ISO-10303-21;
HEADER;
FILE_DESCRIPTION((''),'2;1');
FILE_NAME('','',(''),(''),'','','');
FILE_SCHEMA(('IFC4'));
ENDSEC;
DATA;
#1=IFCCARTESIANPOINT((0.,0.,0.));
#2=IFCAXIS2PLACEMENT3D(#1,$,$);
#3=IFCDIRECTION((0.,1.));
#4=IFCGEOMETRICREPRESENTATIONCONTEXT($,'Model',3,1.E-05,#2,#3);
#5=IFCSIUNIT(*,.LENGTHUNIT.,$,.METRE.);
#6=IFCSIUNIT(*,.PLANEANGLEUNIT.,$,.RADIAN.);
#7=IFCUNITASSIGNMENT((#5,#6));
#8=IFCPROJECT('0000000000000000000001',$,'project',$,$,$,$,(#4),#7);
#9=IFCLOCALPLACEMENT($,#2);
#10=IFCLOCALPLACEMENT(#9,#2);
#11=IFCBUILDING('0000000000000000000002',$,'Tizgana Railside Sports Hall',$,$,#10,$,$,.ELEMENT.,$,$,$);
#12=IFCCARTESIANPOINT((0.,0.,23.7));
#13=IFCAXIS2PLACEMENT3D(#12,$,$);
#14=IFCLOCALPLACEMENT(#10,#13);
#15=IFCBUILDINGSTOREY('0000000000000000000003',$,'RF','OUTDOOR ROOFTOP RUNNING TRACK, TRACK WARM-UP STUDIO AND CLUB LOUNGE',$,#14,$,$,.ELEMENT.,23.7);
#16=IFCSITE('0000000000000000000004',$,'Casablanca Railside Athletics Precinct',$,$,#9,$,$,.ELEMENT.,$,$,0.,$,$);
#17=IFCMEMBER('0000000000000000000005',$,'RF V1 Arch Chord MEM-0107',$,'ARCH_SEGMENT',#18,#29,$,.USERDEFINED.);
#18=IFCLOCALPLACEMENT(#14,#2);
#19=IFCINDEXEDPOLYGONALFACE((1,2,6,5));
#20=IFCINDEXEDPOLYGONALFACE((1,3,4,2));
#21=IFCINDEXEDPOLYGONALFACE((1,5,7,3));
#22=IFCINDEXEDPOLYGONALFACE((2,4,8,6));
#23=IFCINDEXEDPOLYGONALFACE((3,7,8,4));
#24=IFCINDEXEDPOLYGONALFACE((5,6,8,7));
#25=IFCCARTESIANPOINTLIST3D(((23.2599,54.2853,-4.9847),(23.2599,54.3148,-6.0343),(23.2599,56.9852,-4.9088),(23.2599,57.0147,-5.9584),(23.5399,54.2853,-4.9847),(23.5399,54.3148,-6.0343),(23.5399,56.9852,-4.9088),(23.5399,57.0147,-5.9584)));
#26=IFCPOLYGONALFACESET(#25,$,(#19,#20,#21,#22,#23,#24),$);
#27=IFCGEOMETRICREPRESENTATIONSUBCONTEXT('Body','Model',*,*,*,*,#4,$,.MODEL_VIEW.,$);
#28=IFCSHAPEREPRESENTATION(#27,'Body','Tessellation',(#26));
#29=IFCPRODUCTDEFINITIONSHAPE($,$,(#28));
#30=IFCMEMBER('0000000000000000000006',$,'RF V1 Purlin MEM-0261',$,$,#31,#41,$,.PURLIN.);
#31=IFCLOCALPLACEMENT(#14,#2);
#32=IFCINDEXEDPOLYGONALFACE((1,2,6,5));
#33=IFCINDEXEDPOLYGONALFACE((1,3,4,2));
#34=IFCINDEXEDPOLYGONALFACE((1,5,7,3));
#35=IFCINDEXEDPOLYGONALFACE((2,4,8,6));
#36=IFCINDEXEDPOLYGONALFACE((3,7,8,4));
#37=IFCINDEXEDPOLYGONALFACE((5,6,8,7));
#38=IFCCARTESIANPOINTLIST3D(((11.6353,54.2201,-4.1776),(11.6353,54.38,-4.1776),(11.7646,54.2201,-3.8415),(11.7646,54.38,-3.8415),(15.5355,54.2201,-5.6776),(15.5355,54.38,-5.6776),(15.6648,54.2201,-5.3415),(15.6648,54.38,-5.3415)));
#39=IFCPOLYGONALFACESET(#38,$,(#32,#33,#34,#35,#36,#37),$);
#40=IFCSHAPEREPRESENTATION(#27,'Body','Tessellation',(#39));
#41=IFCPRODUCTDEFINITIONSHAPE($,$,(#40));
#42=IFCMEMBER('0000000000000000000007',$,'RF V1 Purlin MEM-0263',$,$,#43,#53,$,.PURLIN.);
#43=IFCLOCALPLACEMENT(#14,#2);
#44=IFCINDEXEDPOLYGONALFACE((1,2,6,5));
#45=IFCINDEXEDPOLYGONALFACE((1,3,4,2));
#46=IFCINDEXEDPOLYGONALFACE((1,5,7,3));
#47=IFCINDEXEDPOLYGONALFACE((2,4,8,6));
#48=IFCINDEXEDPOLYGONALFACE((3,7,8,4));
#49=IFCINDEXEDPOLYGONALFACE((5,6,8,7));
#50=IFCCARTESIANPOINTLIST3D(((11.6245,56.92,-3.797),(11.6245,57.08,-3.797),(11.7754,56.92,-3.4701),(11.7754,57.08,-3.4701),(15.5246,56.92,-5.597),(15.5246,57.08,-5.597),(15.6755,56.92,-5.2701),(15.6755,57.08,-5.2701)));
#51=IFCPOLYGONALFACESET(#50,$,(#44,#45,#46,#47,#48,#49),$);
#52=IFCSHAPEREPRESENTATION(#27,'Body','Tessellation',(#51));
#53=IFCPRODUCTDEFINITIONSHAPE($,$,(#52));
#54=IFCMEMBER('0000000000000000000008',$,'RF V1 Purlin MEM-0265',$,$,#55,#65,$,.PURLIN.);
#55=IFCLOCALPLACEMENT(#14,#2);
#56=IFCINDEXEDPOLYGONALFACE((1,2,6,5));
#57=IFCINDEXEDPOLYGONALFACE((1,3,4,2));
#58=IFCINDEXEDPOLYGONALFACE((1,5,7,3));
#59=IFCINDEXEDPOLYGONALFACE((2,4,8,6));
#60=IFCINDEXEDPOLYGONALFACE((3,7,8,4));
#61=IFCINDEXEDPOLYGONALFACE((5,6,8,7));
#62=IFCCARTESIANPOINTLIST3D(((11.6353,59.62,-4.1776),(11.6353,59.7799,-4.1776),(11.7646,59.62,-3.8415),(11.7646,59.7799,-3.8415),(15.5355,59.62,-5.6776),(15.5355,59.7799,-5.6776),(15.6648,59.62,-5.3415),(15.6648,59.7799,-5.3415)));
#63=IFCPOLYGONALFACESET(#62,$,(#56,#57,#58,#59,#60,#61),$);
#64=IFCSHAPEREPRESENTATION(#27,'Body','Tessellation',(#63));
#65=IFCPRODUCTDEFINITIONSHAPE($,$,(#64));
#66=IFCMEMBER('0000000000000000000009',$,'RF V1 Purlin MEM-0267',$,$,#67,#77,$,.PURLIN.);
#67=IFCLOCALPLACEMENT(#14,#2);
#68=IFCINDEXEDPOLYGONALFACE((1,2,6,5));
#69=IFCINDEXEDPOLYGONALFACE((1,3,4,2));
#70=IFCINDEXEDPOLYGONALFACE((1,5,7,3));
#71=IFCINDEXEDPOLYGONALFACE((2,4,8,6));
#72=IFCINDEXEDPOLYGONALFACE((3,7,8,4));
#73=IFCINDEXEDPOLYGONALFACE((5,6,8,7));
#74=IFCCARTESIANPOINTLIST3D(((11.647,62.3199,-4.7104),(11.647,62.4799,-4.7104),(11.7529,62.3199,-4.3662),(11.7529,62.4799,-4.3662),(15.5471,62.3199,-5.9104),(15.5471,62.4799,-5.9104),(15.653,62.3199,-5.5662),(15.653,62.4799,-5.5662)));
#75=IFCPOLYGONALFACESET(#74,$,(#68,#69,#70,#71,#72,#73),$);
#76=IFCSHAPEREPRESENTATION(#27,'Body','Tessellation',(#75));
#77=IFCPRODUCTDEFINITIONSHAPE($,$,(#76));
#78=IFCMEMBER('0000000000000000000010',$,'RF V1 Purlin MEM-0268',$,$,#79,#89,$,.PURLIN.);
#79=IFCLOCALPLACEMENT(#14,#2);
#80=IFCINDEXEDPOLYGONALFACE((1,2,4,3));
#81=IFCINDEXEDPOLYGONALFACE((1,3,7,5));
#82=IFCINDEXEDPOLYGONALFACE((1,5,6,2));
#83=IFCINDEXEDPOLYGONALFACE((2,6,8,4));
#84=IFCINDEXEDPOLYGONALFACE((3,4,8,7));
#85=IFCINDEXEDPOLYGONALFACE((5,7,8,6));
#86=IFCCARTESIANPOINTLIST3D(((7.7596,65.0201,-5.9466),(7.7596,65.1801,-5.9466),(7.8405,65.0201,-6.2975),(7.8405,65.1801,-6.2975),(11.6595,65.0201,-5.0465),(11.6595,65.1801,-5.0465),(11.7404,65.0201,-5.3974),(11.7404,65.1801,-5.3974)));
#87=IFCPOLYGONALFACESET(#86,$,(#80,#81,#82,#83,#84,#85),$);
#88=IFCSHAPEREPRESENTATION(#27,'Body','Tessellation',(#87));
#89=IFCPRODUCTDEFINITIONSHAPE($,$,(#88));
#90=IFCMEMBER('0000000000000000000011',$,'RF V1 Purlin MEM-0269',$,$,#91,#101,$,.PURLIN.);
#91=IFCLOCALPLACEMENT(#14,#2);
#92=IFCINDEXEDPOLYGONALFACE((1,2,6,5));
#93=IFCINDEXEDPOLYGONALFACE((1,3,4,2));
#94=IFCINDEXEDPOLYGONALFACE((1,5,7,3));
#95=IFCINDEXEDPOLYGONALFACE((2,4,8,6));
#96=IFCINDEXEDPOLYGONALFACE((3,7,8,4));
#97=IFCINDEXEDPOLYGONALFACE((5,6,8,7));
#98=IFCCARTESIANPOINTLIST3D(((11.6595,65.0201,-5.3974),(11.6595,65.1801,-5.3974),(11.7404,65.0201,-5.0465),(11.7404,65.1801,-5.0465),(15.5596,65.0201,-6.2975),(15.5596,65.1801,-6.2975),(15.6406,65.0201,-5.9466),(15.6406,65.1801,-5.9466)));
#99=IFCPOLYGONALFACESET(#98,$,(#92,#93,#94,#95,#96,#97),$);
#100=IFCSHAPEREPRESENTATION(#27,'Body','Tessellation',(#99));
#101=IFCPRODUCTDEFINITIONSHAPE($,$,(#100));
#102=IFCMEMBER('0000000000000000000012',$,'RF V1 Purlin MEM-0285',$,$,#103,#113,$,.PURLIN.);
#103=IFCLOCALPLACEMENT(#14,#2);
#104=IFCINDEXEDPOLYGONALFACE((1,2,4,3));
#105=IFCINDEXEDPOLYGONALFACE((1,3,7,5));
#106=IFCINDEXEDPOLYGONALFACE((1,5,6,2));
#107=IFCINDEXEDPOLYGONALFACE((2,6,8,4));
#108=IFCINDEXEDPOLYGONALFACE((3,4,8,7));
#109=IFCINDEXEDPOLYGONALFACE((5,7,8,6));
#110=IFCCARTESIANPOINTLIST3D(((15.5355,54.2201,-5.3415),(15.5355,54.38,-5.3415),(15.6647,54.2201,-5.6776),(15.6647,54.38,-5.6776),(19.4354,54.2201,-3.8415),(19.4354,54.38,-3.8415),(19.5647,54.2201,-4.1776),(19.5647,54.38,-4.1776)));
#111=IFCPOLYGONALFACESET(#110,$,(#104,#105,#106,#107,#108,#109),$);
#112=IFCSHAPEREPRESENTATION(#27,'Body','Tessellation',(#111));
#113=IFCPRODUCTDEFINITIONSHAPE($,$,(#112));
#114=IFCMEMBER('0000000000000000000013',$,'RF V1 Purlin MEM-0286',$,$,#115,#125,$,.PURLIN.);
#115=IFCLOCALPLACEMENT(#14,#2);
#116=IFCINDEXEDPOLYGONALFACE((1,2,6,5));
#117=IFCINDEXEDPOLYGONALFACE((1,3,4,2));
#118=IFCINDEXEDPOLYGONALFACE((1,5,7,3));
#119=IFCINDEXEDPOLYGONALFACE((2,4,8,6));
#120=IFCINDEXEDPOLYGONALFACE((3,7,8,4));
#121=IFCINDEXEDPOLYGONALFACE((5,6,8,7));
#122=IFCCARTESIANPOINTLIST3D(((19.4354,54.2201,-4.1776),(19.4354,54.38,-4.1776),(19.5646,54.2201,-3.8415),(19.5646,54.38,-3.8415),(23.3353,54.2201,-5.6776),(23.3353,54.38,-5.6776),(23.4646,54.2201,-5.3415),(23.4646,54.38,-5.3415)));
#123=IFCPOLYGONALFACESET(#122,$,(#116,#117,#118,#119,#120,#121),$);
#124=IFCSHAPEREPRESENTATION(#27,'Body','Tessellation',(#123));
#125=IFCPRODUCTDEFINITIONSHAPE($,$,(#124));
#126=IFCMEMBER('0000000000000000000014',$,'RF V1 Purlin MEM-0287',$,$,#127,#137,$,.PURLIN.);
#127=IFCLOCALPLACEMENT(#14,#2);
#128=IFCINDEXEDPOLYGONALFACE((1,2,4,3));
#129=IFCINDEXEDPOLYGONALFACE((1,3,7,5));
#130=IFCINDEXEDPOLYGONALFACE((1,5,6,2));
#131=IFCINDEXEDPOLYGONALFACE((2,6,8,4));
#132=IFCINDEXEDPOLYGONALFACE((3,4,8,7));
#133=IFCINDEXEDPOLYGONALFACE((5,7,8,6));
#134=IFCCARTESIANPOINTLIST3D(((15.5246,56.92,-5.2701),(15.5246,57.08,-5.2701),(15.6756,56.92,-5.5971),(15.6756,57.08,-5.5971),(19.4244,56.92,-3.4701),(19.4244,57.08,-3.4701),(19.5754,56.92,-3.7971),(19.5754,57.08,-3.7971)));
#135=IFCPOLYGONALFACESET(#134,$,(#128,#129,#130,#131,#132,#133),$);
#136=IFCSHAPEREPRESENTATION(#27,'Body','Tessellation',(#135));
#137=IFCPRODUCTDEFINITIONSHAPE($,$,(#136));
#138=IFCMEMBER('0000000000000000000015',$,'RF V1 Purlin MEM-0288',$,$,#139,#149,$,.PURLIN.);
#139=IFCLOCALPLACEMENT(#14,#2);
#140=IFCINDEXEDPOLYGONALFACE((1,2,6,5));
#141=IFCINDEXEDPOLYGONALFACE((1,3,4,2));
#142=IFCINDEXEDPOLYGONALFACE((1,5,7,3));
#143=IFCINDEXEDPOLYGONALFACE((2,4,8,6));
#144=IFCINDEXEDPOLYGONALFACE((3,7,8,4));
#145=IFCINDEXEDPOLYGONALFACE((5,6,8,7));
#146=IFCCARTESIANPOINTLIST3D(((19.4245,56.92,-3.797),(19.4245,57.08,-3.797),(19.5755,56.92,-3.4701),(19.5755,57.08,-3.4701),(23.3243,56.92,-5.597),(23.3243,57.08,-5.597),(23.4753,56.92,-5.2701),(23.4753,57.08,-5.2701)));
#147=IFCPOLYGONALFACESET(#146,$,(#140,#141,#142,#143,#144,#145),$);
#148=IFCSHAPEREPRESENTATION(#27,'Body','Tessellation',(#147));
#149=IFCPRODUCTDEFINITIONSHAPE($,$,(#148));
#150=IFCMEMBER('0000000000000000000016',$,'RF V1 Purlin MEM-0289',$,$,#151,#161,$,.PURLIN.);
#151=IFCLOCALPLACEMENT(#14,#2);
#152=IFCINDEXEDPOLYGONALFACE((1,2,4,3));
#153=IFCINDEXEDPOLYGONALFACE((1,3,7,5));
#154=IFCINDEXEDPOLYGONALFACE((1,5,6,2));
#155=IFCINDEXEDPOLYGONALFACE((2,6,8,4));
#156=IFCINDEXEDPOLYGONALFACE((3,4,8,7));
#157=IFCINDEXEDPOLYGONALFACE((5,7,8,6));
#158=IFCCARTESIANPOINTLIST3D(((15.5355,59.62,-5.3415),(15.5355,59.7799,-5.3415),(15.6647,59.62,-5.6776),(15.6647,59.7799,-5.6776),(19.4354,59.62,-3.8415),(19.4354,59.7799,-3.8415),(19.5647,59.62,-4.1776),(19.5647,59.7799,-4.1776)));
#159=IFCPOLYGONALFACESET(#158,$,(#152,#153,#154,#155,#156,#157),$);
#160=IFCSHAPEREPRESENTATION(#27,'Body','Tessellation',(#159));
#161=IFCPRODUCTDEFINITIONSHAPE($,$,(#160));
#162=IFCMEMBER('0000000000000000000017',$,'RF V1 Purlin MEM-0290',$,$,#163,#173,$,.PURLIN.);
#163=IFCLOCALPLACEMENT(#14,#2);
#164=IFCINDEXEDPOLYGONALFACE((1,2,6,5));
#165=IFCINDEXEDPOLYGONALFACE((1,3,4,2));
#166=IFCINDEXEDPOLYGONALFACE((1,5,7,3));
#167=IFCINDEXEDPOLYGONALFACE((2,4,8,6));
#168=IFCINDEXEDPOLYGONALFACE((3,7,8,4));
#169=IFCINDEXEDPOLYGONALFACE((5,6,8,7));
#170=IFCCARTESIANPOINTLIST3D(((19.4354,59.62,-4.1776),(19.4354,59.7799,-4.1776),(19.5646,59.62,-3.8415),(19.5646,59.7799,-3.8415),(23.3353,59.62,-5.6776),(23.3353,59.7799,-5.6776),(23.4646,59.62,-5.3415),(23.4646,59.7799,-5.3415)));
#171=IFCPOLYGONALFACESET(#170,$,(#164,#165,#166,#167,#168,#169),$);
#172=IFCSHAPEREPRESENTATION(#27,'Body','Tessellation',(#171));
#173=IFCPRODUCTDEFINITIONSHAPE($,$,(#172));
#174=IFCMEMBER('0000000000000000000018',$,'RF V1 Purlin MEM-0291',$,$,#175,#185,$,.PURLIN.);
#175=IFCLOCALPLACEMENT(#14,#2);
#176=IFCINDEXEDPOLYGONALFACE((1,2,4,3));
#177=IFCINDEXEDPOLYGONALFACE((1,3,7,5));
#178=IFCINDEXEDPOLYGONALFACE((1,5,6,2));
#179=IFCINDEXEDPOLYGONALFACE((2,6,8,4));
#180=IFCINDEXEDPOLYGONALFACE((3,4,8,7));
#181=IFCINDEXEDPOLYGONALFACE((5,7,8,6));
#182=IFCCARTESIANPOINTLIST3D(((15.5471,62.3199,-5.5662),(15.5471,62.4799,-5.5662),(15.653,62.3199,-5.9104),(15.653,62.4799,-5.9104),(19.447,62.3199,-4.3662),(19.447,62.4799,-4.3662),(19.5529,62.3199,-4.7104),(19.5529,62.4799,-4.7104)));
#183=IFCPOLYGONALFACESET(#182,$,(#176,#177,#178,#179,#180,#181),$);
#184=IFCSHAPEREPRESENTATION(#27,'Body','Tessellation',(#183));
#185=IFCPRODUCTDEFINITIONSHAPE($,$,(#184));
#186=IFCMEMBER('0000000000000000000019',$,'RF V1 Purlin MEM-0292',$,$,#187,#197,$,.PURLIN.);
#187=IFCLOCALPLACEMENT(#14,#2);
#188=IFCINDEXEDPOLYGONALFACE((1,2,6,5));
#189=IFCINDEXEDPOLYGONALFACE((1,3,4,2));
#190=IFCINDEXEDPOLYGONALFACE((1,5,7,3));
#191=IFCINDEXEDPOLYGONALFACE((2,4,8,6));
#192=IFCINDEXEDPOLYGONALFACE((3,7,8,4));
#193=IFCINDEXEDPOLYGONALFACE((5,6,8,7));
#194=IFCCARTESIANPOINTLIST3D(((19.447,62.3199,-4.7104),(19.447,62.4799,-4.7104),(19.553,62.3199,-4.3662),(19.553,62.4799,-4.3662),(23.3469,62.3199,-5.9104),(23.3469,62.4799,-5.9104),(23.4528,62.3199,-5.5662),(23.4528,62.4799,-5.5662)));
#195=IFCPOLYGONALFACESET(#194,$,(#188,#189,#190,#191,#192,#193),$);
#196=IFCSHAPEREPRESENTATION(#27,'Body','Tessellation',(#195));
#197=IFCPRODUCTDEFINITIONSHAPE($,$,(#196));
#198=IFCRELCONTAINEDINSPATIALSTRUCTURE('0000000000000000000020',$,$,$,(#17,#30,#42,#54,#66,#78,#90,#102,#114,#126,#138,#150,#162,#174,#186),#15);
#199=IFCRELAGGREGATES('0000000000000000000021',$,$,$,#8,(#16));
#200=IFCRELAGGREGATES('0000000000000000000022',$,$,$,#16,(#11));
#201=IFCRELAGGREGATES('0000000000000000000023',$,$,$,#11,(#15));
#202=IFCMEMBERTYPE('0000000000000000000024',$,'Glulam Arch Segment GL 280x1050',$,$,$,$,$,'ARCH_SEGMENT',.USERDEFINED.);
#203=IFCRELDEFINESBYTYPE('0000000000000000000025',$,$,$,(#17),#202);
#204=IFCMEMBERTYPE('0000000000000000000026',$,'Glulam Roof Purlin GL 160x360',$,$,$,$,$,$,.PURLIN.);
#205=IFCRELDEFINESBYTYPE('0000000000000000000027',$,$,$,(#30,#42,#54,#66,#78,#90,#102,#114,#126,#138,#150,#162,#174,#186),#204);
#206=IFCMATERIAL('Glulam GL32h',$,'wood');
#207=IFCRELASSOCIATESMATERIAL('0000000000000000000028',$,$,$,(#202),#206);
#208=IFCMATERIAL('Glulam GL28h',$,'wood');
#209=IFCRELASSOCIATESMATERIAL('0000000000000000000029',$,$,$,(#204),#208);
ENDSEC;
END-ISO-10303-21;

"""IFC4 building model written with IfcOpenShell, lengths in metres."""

from ifc_helpers import new_model, si_unit, direction, frame, origin, origin_2d, place, context, subcontext, project, spatial, rectangle, extrude, material, material_profile, profile_set, type_object, element, save


model = new_model("IFC4")

# Units and contexts
model_context = context("Model", 3, precision=1e-05, world=origin(), true_north=direction((0.0, 1.0)))
body_context = subcontext(model_context, "Body", "Model", "MODEL_VIEW")
ifc_project = project(units=[si_unit("LENGTHUNIT", "METRE"), si_unit("PLANEANGLEUNIT", "RADIAN")], contexts=[model_context])

# Site, building, storey
site_placement = place(None, origin())
site = spatial("IfcSite", under=ifc_project, at=site_placement, Name="Casablanca Railside Athletics Precinct", CompositionType="ELEMENT", RefElevation=0.0)
building_placement = place(site_placement, origin())
building = spatial("IfcBuilding", under=site, at=building_placement, Name="Tizgana Railside Sports Hall", CompositionType="ELEMENT")
storey_placement = place(building_placement, frame((0.0, 0.0, 23.7)))
storey = spatial("IfcBuildingStorey", under=building, at=storey_placement, Name="RF", Description="OUTDOOR ROOFTOP RUNNING TRACK, TRACK WARM-UP STUDIO AND CLUB LOUNGE", CompositionType="ELEMENT", Elevation=23.7)

# Members
ifc_material_1 = material(Name="Glulam GL32h", Category="wood")
ifc_material_profile_1 = material_profile(ifc_material_1, rectangle(XDim=0.28, YDim=1.05, at=origin_2d()), Name="GL 280x1050")
ifc_profile_set_1 = profile_set([ifc_material_profile_1], Name="Glulam GL32h")
member_type_1 = type_object("IfcMemberType", Name="Glulam Arch Segment GL 280x1050", ElementType="ARCH_SEGMENT", PredefinedType="USERDEFINED", material=ifc_profile_set_1)
member_1_placement = place(storey_placement, frame((23.3999, 54.3, -5.5095), z_axis=(0.0, 0.999605, 0.028111), x_axis=(-1.0, 0.0, 0.0)))
element("IfcMember", 1, at=member_1_placement, inside=storey, type_object=member_type_1, Name="RF V1 Arch Chord MEM-0107", ObjectType="ARCH_SEGMENT", PredefinedType="USERDEFINED", context=body_context, shape_type="SweptSolid", body=[
    extrude(rectangle(XDim=0.28, YDim=1.05, at=origin_2d()), origin(), (0.0, 0.0, 1.0), 2.7009),
])
ifc_material_2 = material(Name="Glulam GL28h", Category="wood")
ifc_material_profile_2 = material_profile(ifc_material_2, rectangle(XDim=0.1599, YDim=0.3601, at=origin_2d()), Name="GL 160x360")
ifc_profile_set_2 = profile_set([ifc_material_profile_2], Name="Glulam GL28h")
member_type_2 = type_object("IfcMemberType", Name="Glulam Roof Purlin GL 160x360", PredefinedType="PURLIN", material=ifc_profile_set_2)
member_2_placement = place(storey_placement, frame((11.7, 54.3, -4.0095), z_axis=(0.93335, 0.0, -0.358967), x_axis=(0.0, 1.0, 0.0)))
element("IfcMember", 2, at=member_2_placement, inside=storey, type_object=member_type_2, Name="RF V1 Purlin MEM-0261", PredefinedType="PURLIN", context=body_context, shape_type="SweptSolid", body=[
    extrude(rectangle(XDim=0.1599, YDim=0.3601, at=origin_2d()), origin(), (0.0, 0.0, 1.0), 4.1787),
])
member_3_placement = place(storey_placement, frame((11.7, 57.0, -3.6335), z_axis=(0.907961, 0.0, -0.419055), x_axis=(0.0, 1.0, 0.0)))
element("IfcMember", 3, at=member_3_placement, inside=storey, type_object=member_type_2, Name="RF V1 Purlin MEM-0263", PredefinedType="PURLIN", context=body_context, shape_type="SweptSolid", body=[
    extrude(rectangle(XDim=0.1599, YDim=0.3601, at=origin_2d()), origin(), (0.0, 0.0, 1.0), 4.2954),
])
member_4_placement = place(storey_placement, frame((11.7, 59.7, -4.0095), z_axis=(0.93335, 0.0, -0.358967), x_axis=(0.0, 1.0, 0.0)))
element("IfcMember", 4, at=member_4_placement, inside=storey, type_object=member_type_2, Name="RF V1 Purlin MEM-0265", PredefinedType="PURLIN", context=body_context, shape_type="SweptSolid", body=[
    extrude(rectangle(XDim=0.1599, YDim=0.3601, at=origin_2d()), origin(), (0.0, 0.0, 1.0), 4.1787),
])
member_5_placement = place(storey_placement, frame((11.7, 62.3999, -4.5383), z_axis=(0.955785, 0.0, -0.294065), x_axis=(0.0, 1.0, 0.0)))
element("IfcMember", 5, at=member_5_placement, inside=storey, type_object=member_type_2, Name="RF V1 Purlin MEM-0267", PredefinedType="PURLIN", context=body_context, shape_type="SweptSolid", body=[
    extrude(rectangle(XDim=0.1599, YDim=0.3601, at=origin_2d()), origin(), (0.0, 0.0, 1.0), 4.0806),
])
member_6_placement = place(storey_placement, frame((7.8, 65.1001, -6.1221), z_axis=(0.974382, 0.0, 0.2249), x_axis=(0.0, 1.0, 0.0)))
element("IfcMember", 6, at=member_6_placement, inside=storey, type_object=member_type_2, Name="RF V1 Purlin MEM-0268", PredefinedType="PURLIN", context=body_context, shape_type="SweptSolid", body=[
    extrude(rectangle(XDim=0.1599, YDim=0.3601, at=origin_2d()), origin(), (0.0, 0.0, 1.0), 4.0024),
])
member_7_placement = place(storey_placement, frame((11.7, 65.1001, -5.2219), z_axis=(0.974385, 0.0, -0.224886), x_axis=(0.0, 1.0, 0.0)))
element("IfcMember", 7, at=member_7_placement, inside=storey, type_object=member_type_2, Name="RF V1 Purlin MEM-0269", PredefinedType="PURLIN", context=body_context, shape_type="SweptSolid", body=[
    extrude(rectangle(XDim=0.1599, YDim=0.3601, at=origin_2d()), origin(), (0.0, 0.0, 1.0), 4.0027),
])
for number, where, z_axis, x_axis, name in (
    (8, (15.6001, 54.3, -5.5095), (0.933343, 0.0, 0.358987), (0.0, 1.0, 0.0), "RF V1 Purlin MEM-0285"),
    (9, (19.5, 54.3, -4.0095), (0.933343, 0.0, -0.358987), (0.0, 1.0, 0.0), "RF V1 Purlin MEM-0286"),
):
    element("IfcMember", number, at=place(storey_placement, frame(where, z_axis=z_axis, x_axis=x_axis)), inside=storey, type_object=member_type_2, Name=name, PredefinedType="PURLIN", context=body_context, shape_type="SweptSolid", body=[
        extrude(rectangle(XDim=0.1599, YDim=0.3601, at=origin_2d()), origin(), (0.0, 0.0, 1.0), 4.1785),
    ])
for number, where, z_axis, x_axis, name in (
    (10, (15.6001, 57.0, -5.4336), (0.907951, 0.0, 0.419076), (0.0, 1.0, 0.0), "RF V1 Purlin MEM-0287"),
    (11, (19.5, 57.0, -3.6335), (0.907951, 0.0, -0.419076), (0.0, 1.0, 0.0), "RF V1 Purlin MEM-0288"),
):
    element("IfcMember", number, at=place(storey_placement, frame(where, z_axis=z_axis, x_axis=x_axis)), inside=storey, type_object=member_type_2, Name=name, PredefinedType="PURLIN", context=body_context, shape_type="SweptSolid", body=[
        extrude(rectangle(XDim=0.1599, YDim=0.3601, at=origin_2d()), origin(), (0.0, 0.0, 1.0), 4.2952),
    ])
for number, where, z_axis, x_axis, name in (
    (12, (15.6001, 59.7, -5.5095), (0.933343, 0.0, 0.358987), (0.0, 1.0, 0.0), "RF V1 Purlin MEM-0289"),
    (13, (19.5, 59.7, -4.0095), (0.933343, 0.0, -0.358987), (0.0, 1.0, 0.0), "RF V1 Purlin MEM-0290"),
):
    element("IfcMember", number, at=place(storey_placement, frame(where, z_axis=z_axis, x_axis=x_axis)), inside=storey, type_object=member_type_2, Name=name, PredefinedType="PURLIN", context=body_context, shape_type="SweptSolid", body=[
        extrude(rectangle(XDim=0.1599, YDim=0.3601, at=origin_2d()), origin(), (0.0, 0.0, 1.0), 4.1785),
    ])
for number, where, z_axis, x_axis, name in (
    (14, (15.6001, 62.3999, -5.7383), (0.95578, 0.0, 0.294082), (0.0, 1.0, 0.0), "RF V1 Purlin MEM-0291"),
    (15, (19.5, 62.3999, -4.5383), (0.95578, 0.0, -0.294082), (0.0, 1.0, 0.0), "RF V1 Purlin MEM-0292"),
):
    element("IfcMember", number, at=place(storey_placement, frame(where, z_axis=z_axis, x_axis=x_axis)), inside=storey, type_object=member_type_2, Name=name, PredefinedType="PURLIN", context=body_context, shape_type="SweptSolid", body=[
        extrude(rectangle(XDim=0.1599, YDim=0.3601, at=origin_2d()), origin(), (0.0, 0.0, 1.0), 4.0803),
    ])

save(model, "model.ifc")
